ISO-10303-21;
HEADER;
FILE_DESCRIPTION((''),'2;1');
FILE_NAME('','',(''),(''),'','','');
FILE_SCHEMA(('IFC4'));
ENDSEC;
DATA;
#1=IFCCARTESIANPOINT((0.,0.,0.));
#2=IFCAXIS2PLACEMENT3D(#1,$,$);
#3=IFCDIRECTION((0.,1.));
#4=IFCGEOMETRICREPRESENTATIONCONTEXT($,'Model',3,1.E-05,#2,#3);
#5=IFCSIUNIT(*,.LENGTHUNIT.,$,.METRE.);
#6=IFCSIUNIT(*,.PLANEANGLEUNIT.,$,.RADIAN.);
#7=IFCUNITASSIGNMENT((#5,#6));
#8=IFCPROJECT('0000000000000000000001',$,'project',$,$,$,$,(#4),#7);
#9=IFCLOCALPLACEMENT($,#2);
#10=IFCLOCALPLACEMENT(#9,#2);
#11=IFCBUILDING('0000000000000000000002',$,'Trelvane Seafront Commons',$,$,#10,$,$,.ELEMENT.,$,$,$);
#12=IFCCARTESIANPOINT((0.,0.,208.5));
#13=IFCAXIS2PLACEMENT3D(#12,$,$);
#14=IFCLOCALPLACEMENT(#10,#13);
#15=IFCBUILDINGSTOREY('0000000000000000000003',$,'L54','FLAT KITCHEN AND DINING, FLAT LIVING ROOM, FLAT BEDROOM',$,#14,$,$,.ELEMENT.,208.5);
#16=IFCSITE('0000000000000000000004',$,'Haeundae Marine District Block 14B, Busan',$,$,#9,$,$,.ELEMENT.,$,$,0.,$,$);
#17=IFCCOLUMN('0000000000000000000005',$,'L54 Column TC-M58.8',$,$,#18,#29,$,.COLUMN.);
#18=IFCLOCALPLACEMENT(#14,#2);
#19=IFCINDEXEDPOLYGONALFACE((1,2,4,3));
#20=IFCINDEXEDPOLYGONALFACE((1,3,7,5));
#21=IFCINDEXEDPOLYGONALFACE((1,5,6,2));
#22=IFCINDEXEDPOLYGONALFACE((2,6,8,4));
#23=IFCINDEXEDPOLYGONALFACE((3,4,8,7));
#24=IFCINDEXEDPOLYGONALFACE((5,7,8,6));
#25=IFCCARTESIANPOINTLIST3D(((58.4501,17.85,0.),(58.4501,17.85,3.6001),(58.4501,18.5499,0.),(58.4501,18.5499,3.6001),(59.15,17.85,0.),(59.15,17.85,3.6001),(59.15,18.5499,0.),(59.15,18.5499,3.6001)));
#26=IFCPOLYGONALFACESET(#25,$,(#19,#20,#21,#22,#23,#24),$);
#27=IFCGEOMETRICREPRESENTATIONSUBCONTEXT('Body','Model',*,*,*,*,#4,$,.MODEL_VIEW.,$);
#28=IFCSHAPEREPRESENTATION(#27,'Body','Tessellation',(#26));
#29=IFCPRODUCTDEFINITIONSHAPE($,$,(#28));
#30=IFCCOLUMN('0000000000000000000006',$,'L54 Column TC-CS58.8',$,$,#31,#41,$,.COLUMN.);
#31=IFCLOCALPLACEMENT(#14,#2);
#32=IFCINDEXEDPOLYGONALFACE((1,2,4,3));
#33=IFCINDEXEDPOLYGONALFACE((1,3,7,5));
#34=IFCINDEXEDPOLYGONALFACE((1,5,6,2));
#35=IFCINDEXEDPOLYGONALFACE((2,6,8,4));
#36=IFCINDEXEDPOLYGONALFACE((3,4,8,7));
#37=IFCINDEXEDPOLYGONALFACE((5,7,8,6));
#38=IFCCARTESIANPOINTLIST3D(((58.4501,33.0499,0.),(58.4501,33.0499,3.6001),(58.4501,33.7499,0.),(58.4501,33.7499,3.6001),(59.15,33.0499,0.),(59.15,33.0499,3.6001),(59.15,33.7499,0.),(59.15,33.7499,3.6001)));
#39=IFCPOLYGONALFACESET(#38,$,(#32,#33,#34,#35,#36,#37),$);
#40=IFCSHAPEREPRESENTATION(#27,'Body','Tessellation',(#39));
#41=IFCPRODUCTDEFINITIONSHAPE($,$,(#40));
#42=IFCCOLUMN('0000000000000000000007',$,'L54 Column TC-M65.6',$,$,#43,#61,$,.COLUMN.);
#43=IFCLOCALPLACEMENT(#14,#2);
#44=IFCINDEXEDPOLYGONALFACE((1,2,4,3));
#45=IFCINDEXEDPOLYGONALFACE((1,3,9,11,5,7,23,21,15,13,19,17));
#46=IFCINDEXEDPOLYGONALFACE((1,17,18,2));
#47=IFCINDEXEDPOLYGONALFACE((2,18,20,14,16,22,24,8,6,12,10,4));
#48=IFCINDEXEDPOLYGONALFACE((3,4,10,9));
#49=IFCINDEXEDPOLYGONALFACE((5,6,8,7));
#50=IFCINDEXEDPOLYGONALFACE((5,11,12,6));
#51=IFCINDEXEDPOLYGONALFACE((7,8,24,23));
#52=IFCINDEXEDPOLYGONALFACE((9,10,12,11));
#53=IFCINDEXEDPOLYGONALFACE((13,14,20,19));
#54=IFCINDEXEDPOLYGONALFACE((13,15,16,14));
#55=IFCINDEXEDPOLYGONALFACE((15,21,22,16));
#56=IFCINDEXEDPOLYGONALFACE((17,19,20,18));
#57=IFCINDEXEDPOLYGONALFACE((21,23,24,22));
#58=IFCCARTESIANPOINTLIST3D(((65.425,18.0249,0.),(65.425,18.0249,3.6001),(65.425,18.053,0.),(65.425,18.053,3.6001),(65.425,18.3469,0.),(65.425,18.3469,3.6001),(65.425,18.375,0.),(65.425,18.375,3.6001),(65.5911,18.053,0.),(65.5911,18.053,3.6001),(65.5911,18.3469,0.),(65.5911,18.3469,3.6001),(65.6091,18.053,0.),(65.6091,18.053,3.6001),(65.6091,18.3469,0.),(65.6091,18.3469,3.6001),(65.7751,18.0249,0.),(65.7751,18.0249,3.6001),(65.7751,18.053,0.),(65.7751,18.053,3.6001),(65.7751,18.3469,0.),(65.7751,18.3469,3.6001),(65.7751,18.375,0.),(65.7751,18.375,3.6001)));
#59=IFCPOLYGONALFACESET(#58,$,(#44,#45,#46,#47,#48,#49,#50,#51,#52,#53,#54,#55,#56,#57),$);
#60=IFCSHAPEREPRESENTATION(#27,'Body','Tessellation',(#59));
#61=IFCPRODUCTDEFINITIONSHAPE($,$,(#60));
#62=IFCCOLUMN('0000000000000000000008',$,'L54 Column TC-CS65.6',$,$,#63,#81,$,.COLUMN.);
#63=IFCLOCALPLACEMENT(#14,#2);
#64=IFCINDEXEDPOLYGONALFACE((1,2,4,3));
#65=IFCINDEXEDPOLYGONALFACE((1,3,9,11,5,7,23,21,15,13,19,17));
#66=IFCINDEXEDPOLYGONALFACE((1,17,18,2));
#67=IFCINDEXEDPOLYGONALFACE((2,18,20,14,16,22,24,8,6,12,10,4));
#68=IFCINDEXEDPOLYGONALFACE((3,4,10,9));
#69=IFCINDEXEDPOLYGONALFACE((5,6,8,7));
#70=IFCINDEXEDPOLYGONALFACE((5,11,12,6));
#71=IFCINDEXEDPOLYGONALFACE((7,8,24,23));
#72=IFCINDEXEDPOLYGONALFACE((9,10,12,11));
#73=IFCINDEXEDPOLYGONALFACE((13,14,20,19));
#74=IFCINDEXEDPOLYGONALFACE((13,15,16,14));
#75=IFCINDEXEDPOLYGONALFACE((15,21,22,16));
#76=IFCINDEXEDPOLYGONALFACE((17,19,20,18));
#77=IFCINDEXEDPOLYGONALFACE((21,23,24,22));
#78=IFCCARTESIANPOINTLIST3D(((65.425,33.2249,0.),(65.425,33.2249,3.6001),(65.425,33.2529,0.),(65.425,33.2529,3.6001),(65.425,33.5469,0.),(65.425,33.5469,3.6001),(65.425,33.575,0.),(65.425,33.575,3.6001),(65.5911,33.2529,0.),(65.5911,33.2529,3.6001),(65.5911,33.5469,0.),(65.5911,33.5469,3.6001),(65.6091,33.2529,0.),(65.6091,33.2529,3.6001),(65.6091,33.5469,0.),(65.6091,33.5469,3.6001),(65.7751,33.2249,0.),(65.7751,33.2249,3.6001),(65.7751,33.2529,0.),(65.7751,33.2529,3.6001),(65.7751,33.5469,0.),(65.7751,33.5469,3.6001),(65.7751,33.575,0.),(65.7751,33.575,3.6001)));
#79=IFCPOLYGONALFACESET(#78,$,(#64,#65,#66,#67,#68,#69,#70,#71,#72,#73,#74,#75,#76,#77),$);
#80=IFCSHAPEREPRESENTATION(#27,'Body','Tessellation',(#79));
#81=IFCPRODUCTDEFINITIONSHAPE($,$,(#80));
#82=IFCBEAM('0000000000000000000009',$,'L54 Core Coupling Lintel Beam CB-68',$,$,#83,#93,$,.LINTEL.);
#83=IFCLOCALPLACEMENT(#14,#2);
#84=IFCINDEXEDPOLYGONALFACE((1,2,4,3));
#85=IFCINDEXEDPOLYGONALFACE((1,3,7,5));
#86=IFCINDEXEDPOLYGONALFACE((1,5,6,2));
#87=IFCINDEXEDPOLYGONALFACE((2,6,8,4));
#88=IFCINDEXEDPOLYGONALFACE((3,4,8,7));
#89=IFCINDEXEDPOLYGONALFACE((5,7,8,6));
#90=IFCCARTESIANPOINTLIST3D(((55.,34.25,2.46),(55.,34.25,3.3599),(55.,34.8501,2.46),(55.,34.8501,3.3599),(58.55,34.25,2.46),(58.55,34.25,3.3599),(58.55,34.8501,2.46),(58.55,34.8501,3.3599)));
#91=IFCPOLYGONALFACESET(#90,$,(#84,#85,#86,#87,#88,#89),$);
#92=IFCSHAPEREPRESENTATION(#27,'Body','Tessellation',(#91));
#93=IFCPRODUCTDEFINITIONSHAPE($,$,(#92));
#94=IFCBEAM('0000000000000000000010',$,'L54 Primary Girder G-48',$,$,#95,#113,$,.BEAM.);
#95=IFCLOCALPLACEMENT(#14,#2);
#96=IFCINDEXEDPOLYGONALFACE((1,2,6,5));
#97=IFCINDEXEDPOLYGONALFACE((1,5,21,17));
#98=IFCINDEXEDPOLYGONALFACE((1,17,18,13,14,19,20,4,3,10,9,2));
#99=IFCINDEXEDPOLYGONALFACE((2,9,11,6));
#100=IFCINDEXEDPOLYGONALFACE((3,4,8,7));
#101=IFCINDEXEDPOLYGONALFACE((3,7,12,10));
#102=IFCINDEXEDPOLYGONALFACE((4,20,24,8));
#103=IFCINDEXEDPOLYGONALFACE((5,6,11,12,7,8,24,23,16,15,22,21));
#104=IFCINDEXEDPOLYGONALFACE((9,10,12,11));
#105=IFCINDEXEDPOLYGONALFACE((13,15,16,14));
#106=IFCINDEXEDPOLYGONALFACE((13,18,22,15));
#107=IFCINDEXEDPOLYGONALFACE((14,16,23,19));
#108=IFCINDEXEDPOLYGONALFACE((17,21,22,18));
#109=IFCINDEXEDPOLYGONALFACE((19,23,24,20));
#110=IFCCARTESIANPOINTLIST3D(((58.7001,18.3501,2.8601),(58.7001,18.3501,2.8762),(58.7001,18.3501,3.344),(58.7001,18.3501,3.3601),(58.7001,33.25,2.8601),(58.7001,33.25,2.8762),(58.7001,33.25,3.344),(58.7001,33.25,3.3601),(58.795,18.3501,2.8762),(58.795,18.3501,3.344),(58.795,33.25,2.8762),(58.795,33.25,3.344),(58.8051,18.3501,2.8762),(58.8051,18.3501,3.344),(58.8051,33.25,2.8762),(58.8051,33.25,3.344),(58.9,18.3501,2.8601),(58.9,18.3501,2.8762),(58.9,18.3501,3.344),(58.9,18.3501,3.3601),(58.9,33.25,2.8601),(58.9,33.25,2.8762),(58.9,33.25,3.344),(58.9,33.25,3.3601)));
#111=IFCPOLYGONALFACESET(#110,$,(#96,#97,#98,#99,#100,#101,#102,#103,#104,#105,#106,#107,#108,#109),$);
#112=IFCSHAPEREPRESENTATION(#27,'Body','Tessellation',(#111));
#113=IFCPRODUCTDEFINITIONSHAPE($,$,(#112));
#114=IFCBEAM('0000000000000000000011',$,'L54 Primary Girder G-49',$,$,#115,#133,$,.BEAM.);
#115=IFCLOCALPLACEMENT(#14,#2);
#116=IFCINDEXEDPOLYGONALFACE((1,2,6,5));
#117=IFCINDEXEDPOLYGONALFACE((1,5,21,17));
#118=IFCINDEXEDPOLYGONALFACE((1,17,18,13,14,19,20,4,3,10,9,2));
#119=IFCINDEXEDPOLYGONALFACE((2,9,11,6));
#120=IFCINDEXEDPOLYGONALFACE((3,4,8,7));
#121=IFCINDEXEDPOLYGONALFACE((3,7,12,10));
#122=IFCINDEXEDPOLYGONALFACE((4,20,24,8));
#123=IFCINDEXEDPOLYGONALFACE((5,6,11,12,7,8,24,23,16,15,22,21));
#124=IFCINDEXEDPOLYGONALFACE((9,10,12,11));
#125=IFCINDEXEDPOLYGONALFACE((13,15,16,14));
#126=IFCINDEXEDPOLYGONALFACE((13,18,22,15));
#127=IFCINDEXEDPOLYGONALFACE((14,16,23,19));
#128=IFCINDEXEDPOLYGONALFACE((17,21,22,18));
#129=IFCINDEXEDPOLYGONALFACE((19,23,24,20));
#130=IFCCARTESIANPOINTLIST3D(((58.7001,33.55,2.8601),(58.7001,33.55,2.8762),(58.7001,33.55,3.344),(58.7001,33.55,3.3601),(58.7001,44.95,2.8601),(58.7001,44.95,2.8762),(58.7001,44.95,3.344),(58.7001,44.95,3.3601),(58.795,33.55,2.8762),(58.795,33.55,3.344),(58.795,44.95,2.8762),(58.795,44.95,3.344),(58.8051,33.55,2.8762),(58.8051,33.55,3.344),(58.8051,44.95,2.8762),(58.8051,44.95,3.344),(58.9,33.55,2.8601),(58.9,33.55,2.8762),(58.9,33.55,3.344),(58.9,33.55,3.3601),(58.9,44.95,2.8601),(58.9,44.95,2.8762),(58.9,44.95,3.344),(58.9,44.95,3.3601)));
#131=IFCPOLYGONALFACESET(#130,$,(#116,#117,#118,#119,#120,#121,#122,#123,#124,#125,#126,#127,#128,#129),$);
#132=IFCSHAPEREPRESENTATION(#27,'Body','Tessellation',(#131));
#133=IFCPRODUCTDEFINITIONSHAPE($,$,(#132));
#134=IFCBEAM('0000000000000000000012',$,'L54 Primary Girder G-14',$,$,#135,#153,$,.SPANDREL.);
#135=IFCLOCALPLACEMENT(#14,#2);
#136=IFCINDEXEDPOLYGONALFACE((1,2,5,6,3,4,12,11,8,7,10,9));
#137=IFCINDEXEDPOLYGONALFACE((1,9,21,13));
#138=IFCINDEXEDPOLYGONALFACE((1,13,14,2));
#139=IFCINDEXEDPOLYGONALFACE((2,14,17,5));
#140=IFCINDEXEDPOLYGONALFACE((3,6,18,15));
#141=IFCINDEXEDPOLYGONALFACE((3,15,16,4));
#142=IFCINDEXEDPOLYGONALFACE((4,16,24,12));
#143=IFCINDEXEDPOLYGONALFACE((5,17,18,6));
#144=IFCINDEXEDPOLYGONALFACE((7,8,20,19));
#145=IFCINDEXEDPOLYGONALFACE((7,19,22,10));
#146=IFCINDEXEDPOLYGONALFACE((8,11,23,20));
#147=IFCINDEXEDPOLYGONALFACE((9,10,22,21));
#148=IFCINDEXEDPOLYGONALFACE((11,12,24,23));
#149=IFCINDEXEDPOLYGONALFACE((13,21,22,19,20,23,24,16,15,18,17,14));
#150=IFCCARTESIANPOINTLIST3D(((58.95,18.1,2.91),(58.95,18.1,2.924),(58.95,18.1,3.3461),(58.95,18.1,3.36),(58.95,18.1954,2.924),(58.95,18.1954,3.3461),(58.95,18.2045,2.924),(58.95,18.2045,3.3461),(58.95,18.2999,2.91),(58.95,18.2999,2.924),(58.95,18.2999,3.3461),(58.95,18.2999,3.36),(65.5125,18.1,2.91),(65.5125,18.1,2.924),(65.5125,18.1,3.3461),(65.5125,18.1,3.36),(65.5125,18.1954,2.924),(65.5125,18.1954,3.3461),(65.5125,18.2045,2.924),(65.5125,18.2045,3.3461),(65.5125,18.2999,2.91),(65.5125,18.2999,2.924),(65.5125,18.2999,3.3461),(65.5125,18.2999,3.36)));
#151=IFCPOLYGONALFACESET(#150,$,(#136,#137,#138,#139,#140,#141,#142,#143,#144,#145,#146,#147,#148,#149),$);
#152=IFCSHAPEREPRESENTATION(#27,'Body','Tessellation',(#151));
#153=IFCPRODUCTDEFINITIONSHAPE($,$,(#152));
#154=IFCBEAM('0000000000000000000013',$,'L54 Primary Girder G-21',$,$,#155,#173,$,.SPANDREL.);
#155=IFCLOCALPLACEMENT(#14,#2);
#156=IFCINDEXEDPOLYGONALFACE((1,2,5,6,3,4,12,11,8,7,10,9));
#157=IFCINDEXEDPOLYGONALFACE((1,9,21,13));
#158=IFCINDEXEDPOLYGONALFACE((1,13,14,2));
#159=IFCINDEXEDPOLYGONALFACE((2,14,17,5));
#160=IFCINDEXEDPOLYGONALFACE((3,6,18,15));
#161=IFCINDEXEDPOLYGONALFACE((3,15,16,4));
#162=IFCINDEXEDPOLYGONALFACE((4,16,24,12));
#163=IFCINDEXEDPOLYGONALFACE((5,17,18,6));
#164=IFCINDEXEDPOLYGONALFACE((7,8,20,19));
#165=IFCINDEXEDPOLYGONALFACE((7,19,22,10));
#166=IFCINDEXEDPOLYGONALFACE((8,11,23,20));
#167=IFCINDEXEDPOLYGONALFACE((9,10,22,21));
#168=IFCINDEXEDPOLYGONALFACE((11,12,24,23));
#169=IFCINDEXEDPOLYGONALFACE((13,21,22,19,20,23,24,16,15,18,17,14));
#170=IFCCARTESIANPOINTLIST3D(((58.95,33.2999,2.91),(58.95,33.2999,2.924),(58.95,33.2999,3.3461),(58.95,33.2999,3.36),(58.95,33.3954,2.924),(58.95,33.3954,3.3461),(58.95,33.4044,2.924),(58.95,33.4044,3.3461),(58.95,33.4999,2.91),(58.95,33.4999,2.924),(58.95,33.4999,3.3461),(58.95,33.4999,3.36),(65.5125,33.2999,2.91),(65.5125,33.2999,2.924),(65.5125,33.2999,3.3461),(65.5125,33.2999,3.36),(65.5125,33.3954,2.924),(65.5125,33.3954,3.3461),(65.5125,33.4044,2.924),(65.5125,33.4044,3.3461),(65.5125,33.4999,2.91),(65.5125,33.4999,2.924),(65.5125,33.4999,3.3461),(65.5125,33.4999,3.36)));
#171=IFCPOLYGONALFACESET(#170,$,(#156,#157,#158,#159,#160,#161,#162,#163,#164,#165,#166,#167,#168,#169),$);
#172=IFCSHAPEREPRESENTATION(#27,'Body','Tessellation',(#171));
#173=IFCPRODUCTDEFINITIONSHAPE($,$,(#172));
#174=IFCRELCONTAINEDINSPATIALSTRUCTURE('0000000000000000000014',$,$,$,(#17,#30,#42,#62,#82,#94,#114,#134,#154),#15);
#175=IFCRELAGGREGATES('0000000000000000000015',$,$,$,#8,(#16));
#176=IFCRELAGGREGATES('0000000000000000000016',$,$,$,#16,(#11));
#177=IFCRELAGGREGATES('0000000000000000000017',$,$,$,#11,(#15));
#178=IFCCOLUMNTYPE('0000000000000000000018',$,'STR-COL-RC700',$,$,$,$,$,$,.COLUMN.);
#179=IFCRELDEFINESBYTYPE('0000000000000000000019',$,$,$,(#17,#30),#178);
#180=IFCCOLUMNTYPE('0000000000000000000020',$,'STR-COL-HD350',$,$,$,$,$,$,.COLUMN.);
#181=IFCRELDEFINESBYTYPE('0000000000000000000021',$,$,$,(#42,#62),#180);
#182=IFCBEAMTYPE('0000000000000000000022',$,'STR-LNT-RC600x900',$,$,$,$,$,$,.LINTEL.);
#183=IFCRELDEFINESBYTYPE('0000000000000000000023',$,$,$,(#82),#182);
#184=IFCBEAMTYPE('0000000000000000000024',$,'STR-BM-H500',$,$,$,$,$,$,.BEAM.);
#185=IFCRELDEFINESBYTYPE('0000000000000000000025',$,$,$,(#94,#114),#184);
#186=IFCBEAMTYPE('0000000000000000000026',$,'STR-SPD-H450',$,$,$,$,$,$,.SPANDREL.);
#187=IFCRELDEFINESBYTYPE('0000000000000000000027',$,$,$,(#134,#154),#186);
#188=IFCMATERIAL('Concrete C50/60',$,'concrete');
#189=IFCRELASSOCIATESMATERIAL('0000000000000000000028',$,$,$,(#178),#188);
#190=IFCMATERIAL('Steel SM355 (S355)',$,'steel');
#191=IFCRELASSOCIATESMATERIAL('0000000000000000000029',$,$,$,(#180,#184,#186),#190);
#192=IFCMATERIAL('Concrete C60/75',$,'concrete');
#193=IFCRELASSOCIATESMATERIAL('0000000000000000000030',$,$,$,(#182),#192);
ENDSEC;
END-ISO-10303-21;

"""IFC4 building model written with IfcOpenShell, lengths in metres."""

from ifc_helpers import new_model, si_unit, direction, frame, origin, origin_2d, place, context, subcontext, project, spatial, rectangle, i_section, extrude, source, transform, mapped, material, material_profile, profile_set, type_object, element, save


model = new_model("IFC4")

# Units and contexts
model_context = context("Model", 3, precision=1e-05, world=origin(), true_north=direction((0.0, 1.0)))
body_context = subcontext(model_context, "Body", "Model", "MODEL_VIEW")
ifc_project = project(units=[si_unit("LENGTHUNIT", "METRE"), si_unit("PLANEANGLEUNIT", "RADIAN")], contexts=[model_context])

# Site, building, storey
site_placement = place(None, origin())
site = spatial("IfcSite", under=ifc_project, at=site_placement, Name="Haeundae Marine District Block 14B, Busan", CompositionType="ELEMENT", RefElevation=0.0)
building_placement = place(site_placement, origin())
building = spatial("IfcBuilding", under=site, at=building_placement, Name="Trelvane Seafront Commons", CompositionType="ELEMENT")
storey_placement = place(building_placement, frame((0.0, 0.0, 208.5)))
storey = spatial("IfcBuildingStorey", under=building, at=storey_placement, Name="L54", Description="FLAT KITCHEN AND DINING, FLAT LIVING ROOM, FLAT BEDROOM", CompositionType="ELEMENT", Elevation=208.5)

# Columns
ifc_material_1 = material(Name="Concrete C50/60", Category="concrete")
ifc_material_profile_1 = material_profile(ifc_material_1, rectangle(XDim=0.7, YDim=0.7, at=origin_2d()), Name="RC-700x700")
ifc_profile_set_1 = profile_set([ifc_material_profile_1], Name="Concrete C50/60")
column_type_1 = type_object("IfcColumnType", Name="STR-COL-RC700", PredefinedType="COLUMN", material=ifc_profile_set_1)
shared_shape_1 = source(origin(), body_context, "Body", "SweptSolid", [
    extrude(rectangle(XDim=0.7, YDim=0.7, at=origin_2d()), origin(), (0.0, 0.0, 1.0), 3.6001),
])
for number, where, z_axis, x_axis, name in (
    (1, (58.8, 18.2, 0.0), (0.0, 0.0, 1.0), (1.0, 0.0, 0.0), "L54 Column TC-M58.8"),
    (2, (58.8, 33.3999, 0.0), (0.0, 0.0, 1.0), (1.0, 0.0, 0.0), "L54 Column TC-CS58.8"),
):
    element("IfcColumn", number, at=place(storey_placement, frame(where, z_axis=z_axis, x_axis=x_axis)), inside=storey, type_object=column_type_1, Name=name, PredefinedType="COLUMN", context=body_context, shape_type="MappedRepresentation", body=[
        mapped(shared_shape_1, transform((0.0, 0.0, 0.0), x_axis=(1.0, 0.0, 0.0), y_axis=(0.0, 1.0, 0.0), z_axis=(0.0, 0.0, 1.0), scale=1.0)),
    ])
ifc_material_2 = material(Name="Steel SM355 (S355)", Category="steel")
ifc_material_profile_2 = material_profile(ifc_material_2, i_section(OverallWidth=0.3501, OverallDepth=0.3501, WebThickness=0.0181, FlangeThickness=0.0281, at=origin_2d()), Name="HD-350x350x18x28")
ifc_profile_set_2 = profile_set([ifc_material_profile_2], Name="Steel SM355 (S355)")
column_type_2 = type_object("IfcColumnType", Name="STR-COL-HD350", PredefinedType="COLUMN", material=ifc_profile_set_2)
shared_shape_2 = source(origin(), body_context, "Body", "SweptSolid", [
    extrude(i_section(OverallWidth=0.3501, OverallDepth=0.3501, WebThickness=0.0181, FlangeThickness=0.0281, at=origin_2d()), origin(), (0.0, 0.0, 1.0), 3.6001),
])
for number, where, z_axis, x_axis, name in (
    (3, (65.6001, 18.2, 0.0), (0.0, 0.0, 1.0), (1.0, 0.0, 0.0), "L54 Column TC-M65.6"),
    (4, (65.6001, 33.3999, 0.0), (0.0, 0.0, 1.0), (1.0, 0.0, 0.0), "L54 Column TC-CS65.6"),
):
    element("IfcColumn", number, at=place(storey_placement, frame(where, z_axis=z_axis, x_axis=x_axis)), inside=storey, type_object=column_type_2, Name=name, PredefinedType="COLUMN", context=body_context, shape_type="MappedRepresentation", body=[
        mapped(shared_shape_2, transform((0.0, 0.0, 0.0), x_axis=(1.0, 0.0, 0.0), y_axis=(0.0, 1.0, 0.0), z_axis=(0.0, 0.0, 1.0), scale=1.0)),
    ])

# Beams
ifc_material_3 = material(Name="Concrete C60/75", Category="concrete")
ifc_material_profile_3 = material_profile(ifc_material_3, rectangle(XDim=0.6001, YDim=0.8999, at=origin_2d()), Name="RC-600x900")
ifc_profile_set_3 = profile_set([ifc_material_profile_3], Name="Concrete C60/75")
beam_type_1 = type_object("IfcBeamType", Name="STR-LNT-RC600x900", PredefinedType="LINTEL", material=ifc_profile_set_3)
shared_shape_3 = source(origin(), body_context, "Body", "SweptSolid", [
    extrude(rectangle(XDim=0.6001, YDim=0.8999, at=origin_2d()), origin(), (0.0, 0.0, 1.0), 3.55),
])
beam_1_placement = place(storey_placement, frame((55.0, 34.55, 2.9099), z_axis=(1.0, 0.0, 0.0), x_axis=(0.0, 1.0, 0.0)))
element("IfcBeam", 5, at=beam_1_placement, inside=storey, type_object=beam_type_1, Name="L54 Core Coupling Lintel Beam CB-68", PredefinedType="LINTEL", context=body_context, shape_type="MappedRepresentation", body=[
    mapped(shared_shape_3, transform((0.0, 0.0, 0.0), x_axis=(1.0, 0.0, 0.0), y_axis=(0.0, 1.0, 0.0), z_axis=(0.0, 0.0, 1.0), scale=1.0)),
])
ifc_material_profile_4 = material_profile(ifc_material_2, i_section(OverallWidth=0.2, OverallDepth=0.5, WebThickness=0.01, FlangeThickness=0.0161, at=origin_2d()), Name="H-500x200x10x16")
ifc_profile_set_4 = profile_set([ifc_material_profile_4], Name="Steel SM355 (S355)")
beam_type_2 = type_object("IfcBeamType", Name="STR-BM-H500", PredefinedType="BEAM", material=ifc_profile_set_4)
shared_shape_4 = source(origin(), body_context, "Body", "SweptSolid", [
    extrude(i_section(OverallWidth=0.2, OverallDepth=0.5, WebThickness=0.01, FlangeThickness=0.0161, at=origin_2d()), origin(), (0.0, 0.0, 1.0), 14.8999),
])
beam_2_placement = place(storey_placement, frame((58.8, 18.3501, 3.1101), z_axis=(0.0, 1.0, 0.0), x_axis=(-1.0, 0.0, 0.0)))
element("IfcBeam", 6, at=beam_2_placement, inside=storey, type_object=beam_type_2, Name="L54 Primary Girder G-48", PredefinedType="BEAM", context=body_context, shape_type="MappedRepresentation", body=[
    mapped(shared_shape_4, transform((0.0, 0.0, 0.0), x_axis=(1.0, 0.0, 0.0), y_axis=(0.0, 1.0, 0.0), z_axis=(0.0, 0.0, 1.0), scale=1.0)),
])
shared_shape_5 = source(origin(), body_context, "Body", "SweptSolid", [
    extrude(i_section(OverallWidth=0.2, OverallDepth=0.5, WebThickness=0.01, FlangeThickness=0.0161, at=origin_2d()), origin(), (0.0, 0.0, 1.0), 11.3999),
])
beam_3_placement = place(storey_placement, frame((58.8, 33.55, 3.1101), z_axis=(0.0, 1.0, 0.0), x_axis=(-1.0, 0.0, 0.0)))
element("IfcBeam", 7, at=beam_3_placement, inside=storey, type_object=beam_type_2, Name="L54 Primary Girder G-49", PredefinedType="BEAM", context=body_context, shape_type="MappedRepresentation", body=[
    mapped(shared_shape_5, transform((0.0, 0.0, 0.0), x_axis=(1.0, 0.0, 0.0), y_axis=(0.0, 1.0, 0.0), z_axis=(0.0, 0.0, 1.0), scale=1.0)),
])
ifc_material_profile_5 = material_profile(ifc_material_2, i_section(OverallWidth=0.2, OverallDepth=0.45, WebThickness=0.009, FlangeThickness=0.0139, at=origin_2d()), Name="H-450x200x9x14")
ifc_profile_set_5 = profile_set([ifc_material_profile_5], Name="Steel SM355 (S355)")
beam_type_3 = type_object("IfcBeamType", Name="STR-SPD-H450", PredefinedType="SPANDREL", material=ifc_profile_set_5)
shared_shape_6 = source(origin(), body_context, "Body", "SweptSolid", [
    extrude(i_section(OverallWidth=0.2, OverallDepth=0.45, WebThickness=0.009, FlangeThickness=0.0139, at=origin_2d()), origin(), (0.0, 0.0, 1.0), 6.5625),
])
for number, where, z_axis, x_axis, name in (
    (8, (58.95, 18.2, 3.135), (1.0, 0.0, 0.0), (0.0, 1.0, 0.0), "L54 Primary Girder G-14"),
    (9, (58.95, 33.3999, 3.135), (1.0, 0.0, 0.0), (0.0, 1.0, 0.0), "L54 Primary Girder G-21"),
):
    element("IfcBeam", number, at=place(storey_placement, frame(where, z_axis=z_axis, x_axis=x_axis)), inside=storey, type_object=beam_type_3, Name=name, PredefinedType="SPANDREL", context=body_context, shape_type="MappedRepresentation", body=[
        mapped(shared_shape_6, transform((0.0, 0.0, 0.0), x_axis=(1.0, 0.0, 0.0), y_axis=(0.0, 1.0, 0.0), z_axis=(0.0, 0.0, 1.0), scale=1.0)),
    ])

save(model, "model.ifc")
